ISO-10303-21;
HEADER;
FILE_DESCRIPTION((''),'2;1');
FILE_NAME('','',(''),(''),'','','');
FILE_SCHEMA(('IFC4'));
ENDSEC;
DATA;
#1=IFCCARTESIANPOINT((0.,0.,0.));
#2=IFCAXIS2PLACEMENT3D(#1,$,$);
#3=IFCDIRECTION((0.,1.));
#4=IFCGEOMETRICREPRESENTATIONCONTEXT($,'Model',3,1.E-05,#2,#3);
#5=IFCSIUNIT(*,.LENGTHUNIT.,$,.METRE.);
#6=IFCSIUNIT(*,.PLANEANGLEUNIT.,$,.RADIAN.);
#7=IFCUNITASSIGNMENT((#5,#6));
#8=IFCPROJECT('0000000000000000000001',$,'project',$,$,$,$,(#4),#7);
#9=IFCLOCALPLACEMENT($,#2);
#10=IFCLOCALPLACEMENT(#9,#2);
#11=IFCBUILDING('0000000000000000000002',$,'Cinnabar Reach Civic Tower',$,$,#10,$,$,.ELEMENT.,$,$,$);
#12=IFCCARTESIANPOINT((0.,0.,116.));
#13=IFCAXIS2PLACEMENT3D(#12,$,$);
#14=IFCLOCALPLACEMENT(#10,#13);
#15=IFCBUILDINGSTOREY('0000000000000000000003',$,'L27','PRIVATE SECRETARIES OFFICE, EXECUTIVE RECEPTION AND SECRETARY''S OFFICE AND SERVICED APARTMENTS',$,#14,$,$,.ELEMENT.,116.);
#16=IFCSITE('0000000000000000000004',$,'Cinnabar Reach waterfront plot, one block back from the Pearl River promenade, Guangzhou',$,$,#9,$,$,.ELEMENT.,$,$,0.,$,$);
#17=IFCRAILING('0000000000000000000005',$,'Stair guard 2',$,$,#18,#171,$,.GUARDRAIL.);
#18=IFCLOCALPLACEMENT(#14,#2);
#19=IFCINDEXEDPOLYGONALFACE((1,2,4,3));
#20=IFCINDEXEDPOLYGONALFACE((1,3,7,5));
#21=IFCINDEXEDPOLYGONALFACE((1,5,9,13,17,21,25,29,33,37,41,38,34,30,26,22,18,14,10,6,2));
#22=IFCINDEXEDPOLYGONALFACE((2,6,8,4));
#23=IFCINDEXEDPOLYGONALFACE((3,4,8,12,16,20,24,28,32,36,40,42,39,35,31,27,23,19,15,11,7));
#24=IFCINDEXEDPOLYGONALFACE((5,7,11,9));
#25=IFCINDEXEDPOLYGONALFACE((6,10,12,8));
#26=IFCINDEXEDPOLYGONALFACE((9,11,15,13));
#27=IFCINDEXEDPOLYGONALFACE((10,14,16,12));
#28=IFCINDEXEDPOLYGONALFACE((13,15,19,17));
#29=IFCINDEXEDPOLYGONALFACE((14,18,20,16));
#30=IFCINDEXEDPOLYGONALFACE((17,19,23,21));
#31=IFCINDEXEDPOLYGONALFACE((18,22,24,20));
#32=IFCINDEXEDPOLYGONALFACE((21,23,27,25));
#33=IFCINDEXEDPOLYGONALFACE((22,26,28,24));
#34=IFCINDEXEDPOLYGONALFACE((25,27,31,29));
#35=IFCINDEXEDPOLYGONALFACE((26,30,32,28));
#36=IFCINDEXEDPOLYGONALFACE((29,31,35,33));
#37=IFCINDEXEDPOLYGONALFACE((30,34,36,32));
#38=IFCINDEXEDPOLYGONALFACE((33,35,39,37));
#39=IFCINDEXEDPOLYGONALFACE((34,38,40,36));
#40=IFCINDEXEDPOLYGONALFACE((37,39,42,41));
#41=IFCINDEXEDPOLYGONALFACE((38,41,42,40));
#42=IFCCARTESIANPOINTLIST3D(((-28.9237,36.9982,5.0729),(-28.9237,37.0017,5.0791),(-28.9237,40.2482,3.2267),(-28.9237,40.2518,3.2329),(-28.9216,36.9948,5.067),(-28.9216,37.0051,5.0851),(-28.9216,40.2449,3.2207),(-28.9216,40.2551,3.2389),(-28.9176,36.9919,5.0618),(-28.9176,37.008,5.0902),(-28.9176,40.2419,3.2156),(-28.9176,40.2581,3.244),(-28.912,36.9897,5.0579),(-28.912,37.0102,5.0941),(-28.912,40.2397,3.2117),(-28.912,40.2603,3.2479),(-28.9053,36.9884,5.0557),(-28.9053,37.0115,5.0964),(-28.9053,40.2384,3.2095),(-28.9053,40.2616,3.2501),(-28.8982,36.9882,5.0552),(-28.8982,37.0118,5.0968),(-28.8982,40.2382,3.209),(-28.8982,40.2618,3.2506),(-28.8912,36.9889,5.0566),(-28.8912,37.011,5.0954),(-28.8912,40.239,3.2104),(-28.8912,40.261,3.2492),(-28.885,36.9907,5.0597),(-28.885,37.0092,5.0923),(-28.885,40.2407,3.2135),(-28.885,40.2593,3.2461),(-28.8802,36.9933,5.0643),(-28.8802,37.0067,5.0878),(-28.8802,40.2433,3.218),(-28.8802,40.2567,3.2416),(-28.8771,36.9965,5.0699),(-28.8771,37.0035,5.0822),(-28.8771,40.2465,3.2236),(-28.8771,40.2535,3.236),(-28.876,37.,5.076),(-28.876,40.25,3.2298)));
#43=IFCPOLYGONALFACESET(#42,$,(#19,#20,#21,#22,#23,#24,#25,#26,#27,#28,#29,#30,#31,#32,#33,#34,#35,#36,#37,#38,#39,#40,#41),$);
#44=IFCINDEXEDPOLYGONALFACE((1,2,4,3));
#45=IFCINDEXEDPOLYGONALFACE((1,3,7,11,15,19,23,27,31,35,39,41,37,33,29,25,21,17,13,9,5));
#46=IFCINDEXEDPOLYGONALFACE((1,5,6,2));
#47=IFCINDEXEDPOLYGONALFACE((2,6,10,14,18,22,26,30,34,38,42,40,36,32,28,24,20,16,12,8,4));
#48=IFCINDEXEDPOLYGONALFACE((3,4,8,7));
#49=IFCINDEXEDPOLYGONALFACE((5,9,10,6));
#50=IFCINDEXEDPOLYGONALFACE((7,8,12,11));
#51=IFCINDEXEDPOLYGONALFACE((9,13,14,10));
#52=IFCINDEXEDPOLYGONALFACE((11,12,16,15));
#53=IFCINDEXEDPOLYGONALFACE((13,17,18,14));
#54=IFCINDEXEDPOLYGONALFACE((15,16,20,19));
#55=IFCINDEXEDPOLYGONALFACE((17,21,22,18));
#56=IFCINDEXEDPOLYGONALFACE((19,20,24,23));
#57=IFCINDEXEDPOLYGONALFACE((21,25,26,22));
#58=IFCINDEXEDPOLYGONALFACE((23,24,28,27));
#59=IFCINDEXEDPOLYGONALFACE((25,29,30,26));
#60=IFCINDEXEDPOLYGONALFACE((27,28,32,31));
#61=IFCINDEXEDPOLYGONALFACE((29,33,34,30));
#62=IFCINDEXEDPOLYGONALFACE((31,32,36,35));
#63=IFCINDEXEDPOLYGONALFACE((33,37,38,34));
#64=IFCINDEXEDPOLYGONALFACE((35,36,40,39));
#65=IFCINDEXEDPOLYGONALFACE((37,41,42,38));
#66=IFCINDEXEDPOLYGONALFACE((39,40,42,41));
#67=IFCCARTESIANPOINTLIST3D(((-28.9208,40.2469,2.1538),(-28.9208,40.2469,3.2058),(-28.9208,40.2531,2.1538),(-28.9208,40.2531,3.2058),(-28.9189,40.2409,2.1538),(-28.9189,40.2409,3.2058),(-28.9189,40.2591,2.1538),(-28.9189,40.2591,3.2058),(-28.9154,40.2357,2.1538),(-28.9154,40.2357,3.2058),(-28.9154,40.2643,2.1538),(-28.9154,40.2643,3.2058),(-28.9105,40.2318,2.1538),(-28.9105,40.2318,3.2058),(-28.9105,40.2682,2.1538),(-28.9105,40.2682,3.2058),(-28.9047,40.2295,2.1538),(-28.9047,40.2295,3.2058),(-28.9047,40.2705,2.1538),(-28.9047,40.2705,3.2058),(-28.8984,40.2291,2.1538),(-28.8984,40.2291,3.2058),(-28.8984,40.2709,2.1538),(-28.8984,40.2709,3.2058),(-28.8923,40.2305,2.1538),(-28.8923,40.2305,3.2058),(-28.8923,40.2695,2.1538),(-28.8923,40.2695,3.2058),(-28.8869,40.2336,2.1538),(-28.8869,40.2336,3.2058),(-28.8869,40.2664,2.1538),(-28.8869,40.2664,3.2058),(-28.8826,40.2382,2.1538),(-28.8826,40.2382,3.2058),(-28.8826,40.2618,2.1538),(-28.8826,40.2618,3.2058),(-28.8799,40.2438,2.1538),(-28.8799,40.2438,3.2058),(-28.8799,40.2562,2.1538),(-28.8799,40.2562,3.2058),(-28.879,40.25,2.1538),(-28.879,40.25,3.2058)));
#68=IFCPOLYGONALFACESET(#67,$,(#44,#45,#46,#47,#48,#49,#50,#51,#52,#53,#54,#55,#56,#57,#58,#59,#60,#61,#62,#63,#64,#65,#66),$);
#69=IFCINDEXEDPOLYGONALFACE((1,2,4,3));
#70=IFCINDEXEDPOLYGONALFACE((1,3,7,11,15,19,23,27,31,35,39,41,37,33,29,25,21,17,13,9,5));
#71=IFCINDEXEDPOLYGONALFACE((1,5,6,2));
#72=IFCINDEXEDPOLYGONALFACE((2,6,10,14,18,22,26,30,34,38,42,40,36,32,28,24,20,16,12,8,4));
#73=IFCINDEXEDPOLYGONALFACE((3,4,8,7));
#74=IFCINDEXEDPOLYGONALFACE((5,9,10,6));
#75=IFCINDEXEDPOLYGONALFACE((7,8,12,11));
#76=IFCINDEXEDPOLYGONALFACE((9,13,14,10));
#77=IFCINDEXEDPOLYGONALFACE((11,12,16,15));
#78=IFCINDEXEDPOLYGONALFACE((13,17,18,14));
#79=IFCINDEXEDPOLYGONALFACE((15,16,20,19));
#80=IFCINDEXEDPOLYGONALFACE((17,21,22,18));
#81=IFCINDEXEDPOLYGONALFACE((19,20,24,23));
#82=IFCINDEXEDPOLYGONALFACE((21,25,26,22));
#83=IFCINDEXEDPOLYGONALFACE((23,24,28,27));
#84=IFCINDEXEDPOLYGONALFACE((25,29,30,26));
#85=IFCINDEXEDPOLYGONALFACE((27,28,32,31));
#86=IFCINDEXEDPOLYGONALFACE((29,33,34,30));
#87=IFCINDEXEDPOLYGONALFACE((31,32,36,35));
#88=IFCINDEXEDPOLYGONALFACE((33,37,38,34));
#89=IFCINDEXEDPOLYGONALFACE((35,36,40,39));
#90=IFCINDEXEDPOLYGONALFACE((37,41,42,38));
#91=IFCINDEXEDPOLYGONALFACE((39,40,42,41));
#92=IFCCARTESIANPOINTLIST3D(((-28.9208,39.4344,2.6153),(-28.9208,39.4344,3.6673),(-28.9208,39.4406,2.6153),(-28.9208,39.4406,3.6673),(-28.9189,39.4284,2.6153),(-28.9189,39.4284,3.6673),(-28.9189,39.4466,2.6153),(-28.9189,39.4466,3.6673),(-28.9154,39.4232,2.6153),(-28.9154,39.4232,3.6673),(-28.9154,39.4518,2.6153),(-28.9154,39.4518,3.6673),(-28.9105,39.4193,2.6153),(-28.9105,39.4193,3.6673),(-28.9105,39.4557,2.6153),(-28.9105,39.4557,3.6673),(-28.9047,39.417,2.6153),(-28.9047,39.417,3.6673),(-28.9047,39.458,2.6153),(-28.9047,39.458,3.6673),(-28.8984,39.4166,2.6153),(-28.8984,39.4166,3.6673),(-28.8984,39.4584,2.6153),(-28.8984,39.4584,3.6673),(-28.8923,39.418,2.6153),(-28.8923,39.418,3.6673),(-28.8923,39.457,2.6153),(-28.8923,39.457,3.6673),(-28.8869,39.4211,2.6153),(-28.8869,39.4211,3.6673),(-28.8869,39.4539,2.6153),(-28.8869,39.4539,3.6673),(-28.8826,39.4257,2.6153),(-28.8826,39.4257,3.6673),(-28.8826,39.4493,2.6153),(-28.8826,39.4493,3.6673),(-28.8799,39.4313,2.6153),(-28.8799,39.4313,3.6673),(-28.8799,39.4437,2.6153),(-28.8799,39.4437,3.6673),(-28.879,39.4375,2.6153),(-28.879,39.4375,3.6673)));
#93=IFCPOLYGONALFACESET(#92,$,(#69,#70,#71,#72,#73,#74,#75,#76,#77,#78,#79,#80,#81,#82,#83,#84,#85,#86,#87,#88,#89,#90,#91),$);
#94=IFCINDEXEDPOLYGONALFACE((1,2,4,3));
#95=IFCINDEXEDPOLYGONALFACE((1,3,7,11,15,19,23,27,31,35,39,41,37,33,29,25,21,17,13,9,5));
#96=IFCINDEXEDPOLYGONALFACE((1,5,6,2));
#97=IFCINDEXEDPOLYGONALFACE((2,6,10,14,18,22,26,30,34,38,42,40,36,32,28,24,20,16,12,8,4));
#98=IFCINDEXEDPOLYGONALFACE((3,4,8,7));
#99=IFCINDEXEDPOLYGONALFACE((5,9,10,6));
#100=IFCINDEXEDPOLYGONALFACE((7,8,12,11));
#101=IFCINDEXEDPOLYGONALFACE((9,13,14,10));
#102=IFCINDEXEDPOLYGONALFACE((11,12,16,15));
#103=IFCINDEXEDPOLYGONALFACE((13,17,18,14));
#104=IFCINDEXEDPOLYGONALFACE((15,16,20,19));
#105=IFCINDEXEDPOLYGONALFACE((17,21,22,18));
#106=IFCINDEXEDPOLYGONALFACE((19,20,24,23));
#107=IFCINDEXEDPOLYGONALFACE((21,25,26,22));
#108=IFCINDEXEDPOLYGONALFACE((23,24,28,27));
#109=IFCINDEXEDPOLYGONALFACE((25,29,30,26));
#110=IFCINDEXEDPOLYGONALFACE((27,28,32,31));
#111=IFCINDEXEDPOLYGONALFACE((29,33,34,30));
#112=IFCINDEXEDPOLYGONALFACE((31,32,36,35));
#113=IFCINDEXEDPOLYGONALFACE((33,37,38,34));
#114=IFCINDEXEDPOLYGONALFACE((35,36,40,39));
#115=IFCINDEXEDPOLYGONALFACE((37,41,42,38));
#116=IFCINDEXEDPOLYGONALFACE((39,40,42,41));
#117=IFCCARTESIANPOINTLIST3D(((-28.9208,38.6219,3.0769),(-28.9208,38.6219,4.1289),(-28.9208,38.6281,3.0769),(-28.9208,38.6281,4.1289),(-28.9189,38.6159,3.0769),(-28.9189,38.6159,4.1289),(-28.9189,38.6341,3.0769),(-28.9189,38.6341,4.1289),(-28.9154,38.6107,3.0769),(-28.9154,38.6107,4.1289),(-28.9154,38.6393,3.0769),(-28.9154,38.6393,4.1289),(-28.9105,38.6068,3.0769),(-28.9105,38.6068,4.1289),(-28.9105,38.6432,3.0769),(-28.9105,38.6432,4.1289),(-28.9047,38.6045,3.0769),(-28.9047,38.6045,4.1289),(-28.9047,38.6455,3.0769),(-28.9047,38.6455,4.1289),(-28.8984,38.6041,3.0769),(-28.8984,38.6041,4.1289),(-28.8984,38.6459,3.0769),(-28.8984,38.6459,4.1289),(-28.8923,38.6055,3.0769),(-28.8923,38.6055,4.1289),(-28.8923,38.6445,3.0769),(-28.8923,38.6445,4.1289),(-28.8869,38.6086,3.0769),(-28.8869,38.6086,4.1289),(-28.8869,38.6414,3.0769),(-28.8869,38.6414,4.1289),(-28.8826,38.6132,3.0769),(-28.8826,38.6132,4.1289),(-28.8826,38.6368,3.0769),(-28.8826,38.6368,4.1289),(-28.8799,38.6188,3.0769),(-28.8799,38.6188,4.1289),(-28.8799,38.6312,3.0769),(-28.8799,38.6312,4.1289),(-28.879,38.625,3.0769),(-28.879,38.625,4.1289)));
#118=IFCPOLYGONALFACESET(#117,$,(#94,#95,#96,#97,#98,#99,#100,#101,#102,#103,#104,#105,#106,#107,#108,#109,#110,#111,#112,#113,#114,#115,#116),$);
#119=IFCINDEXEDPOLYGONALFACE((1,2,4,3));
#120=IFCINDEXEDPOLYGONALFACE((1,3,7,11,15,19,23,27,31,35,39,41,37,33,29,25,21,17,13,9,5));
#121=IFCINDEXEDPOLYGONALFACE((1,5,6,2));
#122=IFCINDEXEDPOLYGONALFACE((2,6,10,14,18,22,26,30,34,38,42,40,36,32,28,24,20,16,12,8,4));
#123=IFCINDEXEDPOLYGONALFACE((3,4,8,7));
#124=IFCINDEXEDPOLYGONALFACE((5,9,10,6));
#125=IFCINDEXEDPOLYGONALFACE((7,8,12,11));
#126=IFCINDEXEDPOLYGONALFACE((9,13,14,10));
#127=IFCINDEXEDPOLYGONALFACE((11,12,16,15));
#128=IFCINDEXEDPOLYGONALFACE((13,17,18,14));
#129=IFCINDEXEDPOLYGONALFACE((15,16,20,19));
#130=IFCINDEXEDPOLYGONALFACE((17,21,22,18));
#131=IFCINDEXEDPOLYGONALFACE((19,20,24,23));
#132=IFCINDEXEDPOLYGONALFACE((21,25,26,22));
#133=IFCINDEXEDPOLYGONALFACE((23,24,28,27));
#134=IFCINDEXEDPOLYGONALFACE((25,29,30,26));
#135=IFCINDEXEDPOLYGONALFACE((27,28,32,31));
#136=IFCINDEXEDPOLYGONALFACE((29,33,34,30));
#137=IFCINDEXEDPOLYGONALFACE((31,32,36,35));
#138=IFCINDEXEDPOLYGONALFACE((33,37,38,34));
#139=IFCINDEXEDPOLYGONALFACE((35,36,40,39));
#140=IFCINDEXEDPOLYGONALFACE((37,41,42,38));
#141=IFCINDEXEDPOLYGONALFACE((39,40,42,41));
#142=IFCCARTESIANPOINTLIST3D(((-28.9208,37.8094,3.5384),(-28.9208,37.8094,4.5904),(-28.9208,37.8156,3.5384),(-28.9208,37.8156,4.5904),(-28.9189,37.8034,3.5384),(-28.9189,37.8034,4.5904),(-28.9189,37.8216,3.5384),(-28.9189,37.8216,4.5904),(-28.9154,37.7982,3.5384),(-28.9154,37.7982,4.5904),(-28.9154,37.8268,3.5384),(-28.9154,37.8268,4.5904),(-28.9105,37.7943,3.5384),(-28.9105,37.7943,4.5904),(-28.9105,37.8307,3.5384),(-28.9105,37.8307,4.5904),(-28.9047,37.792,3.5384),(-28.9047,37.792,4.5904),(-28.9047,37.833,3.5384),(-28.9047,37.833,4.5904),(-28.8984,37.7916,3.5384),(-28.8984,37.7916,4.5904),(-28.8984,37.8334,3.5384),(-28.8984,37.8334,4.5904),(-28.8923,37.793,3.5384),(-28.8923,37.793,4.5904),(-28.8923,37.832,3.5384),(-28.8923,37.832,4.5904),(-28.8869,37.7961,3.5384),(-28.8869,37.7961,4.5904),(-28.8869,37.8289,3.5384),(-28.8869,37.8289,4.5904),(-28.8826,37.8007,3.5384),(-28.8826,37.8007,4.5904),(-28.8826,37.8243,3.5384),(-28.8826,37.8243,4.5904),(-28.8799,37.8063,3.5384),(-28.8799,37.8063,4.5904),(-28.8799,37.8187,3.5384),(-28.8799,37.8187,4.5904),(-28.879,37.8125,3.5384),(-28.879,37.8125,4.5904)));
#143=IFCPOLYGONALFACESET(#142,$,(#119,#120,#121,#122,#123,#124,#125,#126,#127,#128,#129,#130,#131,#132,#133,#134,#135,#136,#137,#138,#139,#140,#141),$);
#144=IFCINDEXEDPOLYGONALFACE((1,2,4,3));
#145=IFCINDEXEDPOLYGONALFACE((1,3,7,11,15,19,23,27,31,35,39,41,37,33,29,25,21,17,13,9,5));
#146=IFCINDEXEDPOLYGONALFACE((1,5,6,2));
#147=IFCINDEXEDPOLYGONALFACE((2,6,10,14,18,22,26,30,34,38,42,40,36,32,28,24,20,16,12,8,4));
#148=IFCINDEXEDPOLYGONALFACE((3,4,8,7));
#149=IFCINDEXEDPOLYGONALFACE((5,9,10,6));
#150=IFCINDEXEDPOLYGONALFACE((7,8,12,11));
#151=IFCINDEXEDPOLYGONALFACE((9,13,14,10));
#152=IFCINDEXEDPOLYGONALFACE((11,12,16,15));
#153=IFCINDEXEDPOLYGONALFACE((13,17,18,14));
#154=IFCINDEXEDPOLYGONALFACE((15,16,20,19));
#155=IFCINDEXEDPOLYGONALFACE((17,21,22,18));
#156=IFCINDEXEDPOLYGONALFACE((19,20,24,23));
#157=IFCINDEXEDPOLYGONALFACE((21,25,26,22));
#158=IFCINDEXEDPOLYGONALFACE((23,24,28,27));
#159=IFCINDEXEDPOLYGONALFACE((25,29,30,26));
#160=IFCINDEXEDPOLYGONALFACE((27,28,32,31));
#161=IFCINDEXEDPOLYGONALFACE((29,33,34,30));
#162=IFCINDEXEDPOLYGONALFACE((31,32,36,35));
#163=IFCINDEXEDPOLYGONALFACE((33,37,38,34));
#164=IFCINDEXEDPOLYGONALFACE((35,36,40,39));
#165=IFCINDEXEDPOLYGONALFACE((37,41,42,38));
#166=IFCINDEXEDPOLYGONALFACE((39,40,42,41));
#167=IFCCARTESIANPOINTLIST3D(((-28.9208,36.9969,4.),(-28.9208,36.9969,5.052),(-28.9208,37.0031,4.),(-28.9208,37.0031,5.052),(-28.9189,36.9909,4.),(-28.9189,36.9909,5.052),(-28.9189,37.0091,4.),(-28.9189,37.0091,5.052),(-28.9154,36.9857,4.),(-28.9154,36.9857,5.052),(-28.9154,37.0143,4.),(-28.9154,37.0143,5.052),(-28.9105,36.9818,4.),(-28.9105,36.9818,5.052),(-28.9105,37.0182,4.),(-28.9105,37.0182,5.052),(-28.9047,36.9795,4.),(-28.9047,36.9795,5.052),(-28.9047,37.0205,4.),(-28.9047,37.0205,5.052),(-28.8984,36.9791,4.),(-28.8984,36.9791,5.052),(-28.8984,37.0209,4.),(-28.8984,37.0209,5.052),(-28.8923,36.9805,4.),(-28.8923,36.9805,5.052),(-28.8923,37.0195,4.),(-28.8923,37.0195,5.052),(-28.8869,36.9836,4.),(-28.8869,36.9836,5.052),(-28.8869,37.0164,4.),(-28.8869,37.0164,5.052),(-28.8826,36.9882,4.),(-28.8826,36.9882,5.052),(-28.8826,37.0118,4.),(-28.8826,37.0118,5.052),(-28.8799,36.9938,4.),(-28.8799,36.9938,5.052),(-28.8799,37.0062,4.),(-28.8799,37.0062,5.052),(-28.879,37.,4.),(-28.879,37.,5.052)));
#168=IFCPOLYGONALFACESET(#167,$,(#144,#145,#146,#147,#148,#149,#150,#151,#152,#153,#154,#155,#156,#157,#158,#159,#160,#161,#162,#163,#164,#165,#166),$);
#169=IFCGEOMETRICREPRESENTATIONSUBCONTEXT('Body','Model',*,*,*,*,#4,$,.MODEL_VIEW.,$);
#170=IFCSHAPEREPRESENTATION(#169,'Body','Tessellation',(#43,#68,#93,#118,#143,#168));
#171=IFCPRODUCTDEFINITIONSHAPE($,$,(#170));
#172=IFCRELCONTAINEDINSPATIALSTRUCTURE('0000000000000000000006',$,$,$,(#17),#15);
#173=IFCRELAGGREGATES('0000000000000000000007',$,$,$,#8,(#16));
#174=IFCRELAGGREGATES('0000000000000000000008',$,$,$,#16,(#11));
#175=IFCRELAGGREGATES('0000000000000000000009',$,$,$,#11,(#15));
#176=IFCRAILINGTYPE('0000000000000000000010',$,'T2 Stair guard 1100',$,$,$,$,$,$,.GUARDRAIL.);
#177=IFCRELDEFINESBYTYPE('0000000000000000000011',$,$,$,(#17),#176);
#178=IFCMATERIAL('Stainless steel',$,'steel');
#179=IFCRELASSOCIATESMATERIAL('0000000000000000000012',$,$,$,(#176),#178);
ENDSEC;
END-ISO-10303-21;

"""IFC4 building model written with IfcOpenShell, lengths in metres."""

from ifc_helpers import new_model, si_unit, direction, frame, origin, origin_2d, place, context, subcontext, project, spatial, circle, extrude, material, type_object, element, save


model = new_model("IFC4")

# Units and contexts
model_context = context("Model", 3, precision=1e-05, world=origin(), true_north=direction((0.0, 1.0)))
body_context = subcontext(model_context, "Body", "Model", "MODEL_VIEW")
ifc_project = project(units=[si_unit("LENGTHUNIT", "METRE"), si_unit("PLANEANGLEUNIT", "RADIAN")], contexts=[model_context])

# Site, building, storey
site_placement = place(None, origin())
site = spatial("IfcSite", under=ifc_project, at=site_placement, Name="Cinnabar Reach waterfront plot, one block back from the Pearl River promenade, Guangzhou", CompositionType="ELEMENT", RefElevation=0.0)
building_placement = place(site_placement, origin())
building = spatial("IfcBuilding", under=site, at=building_placement, Name="Cinnabar Reach Civic Tower", CompositionType="ELEMENT")
storey_placement = place(building_placement, frame((0.0, 0.0, 116.0)))
storey = spatial("IfcBuildingStorey", under=building, at=storey_placement, Name="L27", Description="PRIVATE SECRETARIES OFFICE, EXECUTIVE RECEPTION AND SECRETARY'S OFFICE AND SERVICED APARTMENTS", CompositionType="ELEMENT", Elevation=116.0)

# Railing
ifc_material_1 = material(Name="Stainless steel", Category="steel")
railing_type = type_object("IfcRailingType", Name="T2 Stair guard 1100", PredefinedType="GUARDRAIL", material=ifc_material_1)
railing_1_placement = place(storey_placement, frame((-28.9, 40.25, 2.1538)))
element("IfcRailing", 1, at=railing_1_placement, inside=storey, type_object=railing_type, Name="Stair guard 2", PredefinedType="GUARDRAIL", context=body_context, shape_type="SweptSolid", body=[
    extrude(circle(Radius=0.024, at=origin_2d()), frame((0.0, 0.0, 1.076), z_axis=(0.0, -0.869501, 0.49393), x_axis=(1.0, 0.0, 0.0)), (0.0, 0.0, 1.0), 3.7378),
    extrude(circle(Radius=0.021, at=origin_2d()), origin(), (0.0, 0.0, 1.0), 1.052),
    extrude(circle(Radius=0.021, at=origin_2d()), frame((0.0, -0.8125, 0.4615)), (0.0, 0.0, 1.0), 1.052),
    extrude(circle(Radius=0.021, at=origin_2d()), frame((0.0, -1.625, 0.9231)), (0.0, 0.0, 1.0), 1.052),
    extrude(circle(Radius=0.021, at=origin_2d()), frame((0.0, -2.4375, 1.3846)), (0.0, 0.0, 1.0), 1.052),
    extrude(circle(Radius=0.021, at=origin_2d()), frame((0.0, -3.25, 1.8462)), (0.0, 0.0, 1.0), 1.052),
])

save(model, "model.ifc")
